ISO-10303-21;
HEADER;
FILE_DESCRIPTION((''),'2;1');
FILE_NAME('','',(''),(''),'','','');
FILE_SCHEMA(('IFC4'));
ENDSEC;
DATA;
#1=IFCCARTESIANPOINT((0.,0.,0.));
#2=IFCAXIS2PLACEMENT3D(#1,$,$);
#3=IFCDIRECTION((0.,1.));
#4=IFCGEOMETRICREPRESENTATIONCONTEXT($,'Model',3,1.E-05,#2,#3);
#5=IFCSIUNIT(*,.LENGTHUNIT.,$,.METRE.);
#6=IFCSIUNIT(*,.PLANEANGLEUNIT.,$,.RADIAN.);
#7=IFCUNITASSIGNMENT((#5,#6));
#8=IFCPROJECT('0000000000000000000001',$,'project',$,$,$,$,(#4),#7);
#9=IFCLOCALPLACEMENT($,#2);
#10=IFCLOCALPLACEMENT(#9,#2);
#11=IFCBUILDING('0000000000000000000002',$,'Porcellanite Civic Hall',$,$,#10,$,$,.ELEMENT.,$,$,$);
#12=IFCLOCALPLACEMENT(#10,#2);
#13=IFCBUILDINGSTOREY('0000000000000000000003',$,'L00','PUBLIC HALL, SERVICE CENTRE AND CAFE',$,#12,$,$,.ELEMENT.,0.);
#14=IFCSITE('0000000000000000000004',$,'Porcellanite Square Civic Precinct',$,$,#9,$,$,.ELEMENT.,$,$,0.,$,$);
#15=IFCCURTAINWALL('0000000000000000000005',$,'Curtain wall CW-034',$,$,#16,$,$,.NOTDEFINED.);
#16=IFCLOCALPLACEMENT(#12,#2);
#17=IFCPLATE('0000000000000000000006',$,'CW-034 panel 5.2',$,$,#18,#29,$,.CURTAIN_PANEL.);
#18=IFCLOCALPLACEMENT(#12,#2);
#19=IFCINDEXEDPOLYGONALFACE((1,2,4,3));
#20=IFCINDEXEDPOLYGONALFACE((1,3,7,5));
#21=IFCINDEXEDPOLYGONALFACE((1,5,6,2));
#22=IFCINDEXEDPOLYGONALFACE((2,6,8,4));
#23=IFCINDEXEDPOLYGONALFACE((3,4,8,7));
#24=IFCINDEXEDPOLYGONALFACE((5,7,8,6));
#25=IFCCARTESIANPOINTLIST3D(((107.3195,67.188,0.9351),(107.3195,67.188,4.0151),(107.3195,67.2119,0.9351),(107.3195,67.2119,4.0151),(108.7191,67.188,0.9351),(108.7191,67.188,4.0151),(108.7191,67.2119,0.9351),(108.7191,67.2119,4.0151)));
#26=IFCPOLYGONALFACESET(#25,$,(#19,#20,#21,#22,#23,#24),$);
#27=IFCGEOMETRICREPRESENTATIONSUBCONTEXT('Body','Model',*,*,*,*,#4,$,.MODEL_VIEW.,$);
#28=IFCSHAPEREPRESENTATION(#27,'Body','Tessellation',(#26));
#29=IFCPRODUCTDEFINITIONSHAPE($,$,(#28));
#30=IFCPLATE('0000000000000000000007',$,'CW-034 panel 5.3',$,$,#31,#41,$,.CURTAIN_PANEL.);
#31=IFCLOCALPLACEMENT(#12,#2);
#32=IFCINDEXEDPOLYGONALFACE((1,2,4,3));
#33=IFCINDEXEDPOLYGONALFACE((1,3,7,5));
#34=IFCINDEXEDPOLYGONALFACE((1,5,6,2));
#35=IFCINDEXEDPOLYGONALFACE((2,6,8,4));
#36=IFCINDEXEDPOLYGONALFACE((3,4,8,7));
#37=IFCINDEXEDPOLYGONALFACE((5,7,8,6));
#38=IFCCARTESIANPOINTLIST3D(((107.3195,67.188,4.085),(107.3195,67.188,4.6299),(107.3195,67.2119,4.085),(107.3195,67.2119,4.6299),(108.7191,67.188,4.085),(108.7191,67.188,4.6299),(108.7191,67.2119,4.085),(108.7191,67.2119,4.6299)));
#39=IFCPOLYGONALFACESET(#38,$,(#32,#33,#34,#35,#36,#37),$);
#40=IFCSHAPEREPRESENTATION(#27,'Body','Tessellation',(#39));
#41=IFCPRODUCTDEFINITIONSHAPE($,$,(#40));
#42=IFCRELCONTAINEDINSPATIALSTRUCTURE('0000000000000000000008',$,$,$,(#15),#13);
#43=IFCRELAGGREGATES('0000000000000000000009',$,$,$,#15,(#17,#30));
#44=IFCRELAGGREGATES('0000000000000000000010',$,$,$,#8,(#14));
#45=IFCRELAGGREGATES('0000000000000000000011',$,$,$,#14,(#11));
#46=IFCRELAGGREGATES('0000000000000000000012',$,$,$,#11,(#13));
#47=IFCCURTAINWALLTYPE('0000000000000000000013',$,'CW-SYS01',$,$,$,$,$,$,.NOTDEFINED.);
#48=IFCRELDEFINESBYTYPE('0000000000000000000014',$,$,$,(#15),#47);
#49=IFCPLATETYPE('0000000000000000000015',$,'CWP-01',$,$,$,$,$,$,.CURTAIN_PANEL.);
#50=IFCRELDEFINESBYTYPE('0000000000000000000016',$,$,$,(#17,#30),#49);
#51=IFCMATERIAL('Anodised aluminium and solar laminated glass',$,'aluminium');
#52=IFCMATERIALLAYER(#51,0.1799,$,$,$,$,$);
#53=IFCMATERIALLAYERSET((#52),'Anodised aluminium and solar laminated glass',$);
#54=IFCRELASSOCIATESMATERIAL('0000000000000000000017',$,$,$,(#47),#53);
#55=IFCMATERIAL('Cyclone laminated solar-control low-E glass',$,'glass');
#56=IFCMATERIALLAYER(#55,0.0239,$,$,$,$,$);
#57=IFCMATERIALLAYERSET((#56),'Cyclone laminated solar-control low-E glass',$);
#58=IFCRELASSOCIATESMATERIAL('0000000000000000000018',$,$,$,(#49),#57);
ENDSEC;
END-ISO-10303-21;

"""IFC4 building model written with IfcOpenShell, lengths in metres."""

from ifc_helpers import new_model, si_unit, direction, frame, origin, origin_2d, place, context, subcontext, project, spatial, rectangle, extrude, material, layer, layer_set, type_object, element, aggregate, save


model = new_model("IFC4")

# Units and contexts
model_context = context("Model", 3, precision=1e-05, world=origin(), true_north=direction((0.0, 1.0)))
body_context = subcontext(model_context, "Body", "Model", "MODEL_VIEW")
ifc_project = project(units=[si_unit("LENGTHUNIT", "METRE"), si_unit("PLANEANGLEUNIT", "RADIAN")], contexts=[model_context])

# Site, building, storey
site_placement = place(None, origin())
site = spatial("IfcSite", under=ifc_project, at=site_placement, Name="Porcellanite Square Civic Precinct", CompositionType="ELEMENT", RefElevation=0.0)
building_placement = place(site_placement, origin())
building = spatial("IfcBuilding", under=site, at=building_placement, Name="Porcellanite Civic Hall", CompositionType="ELEMENT")
storey_placement = place(building_placement, origin())
storey = spatial("IfcBuildingStorey", under=building, at=storey_placement, Name="L00", Description="PUBLIC HALL, SERVICE CENTRE AND CAFE", CompositionType="ELEMENT", Elevation=0.0)

# Curtain wall
ifc_material_1 = material(Name="Anodised aluminium and solar laminated glass", Category="aluminium")
ifc_layer_1 = layer(ifc_material_1, 0.1799)
ifc_layer_set_1 = layer_set([ifc_layer_1], Name="Anodised aluminium and solar laminated glass")
curtain_wall_type = type_object("IfcCurtainWallType", Name="CW-SYS01", PredefinedType="NOTDEFINED", material=ifc_layer_set_1)
curtain_wall_placement = place(storey_placement, origin())
curtain_wall = element("IfcCurtainWall", 1, at=curtain_wall_placement, inside=storey, type_object=curtain_wall_type, Name="Curtain wall CW-034", PredefinedType="NOTDEFINED")

# Plates
ifc_material_2 = material(Name="Cyclone laminated solar-control low-E glass", Category="glass")
ifc_layer_2 = layer(ifc_material_2, 0.0239)
ifc_layer_set_2 = layer_set([ifc_layer_2], Name="Cyclone laminated solar-control low-E glass")
plate_type = type_object("IfcPlateType", Name="CWP-01", PredefinedType="CURTAIN_PANEL", material=ifc_layer_set_2)
plate_1_placement = place(storey_placement, frame((108.0193, 67.2, 0.9351), z_axis=(0.0, 0.0, 1.0), x_axis=(1.0, 0.0, 0.0)))
plate_1 = element("IfcPlate", 2, at=plate_1_placement, type_object=plate_type, Name="CW-034 panel 5.2", PredefinedType="CURTAIN_PANEL", context=body_context, shape_type="SweptSolid", body=[
    extrude(rectangle(XDim=1.3997, YDim=0.0239, at=origin_2d()), origin(), (0.0, 0.0, 1.0), 3.0801),
])
plate_2_placement = place(storey_placement, frame((108.0193, 67.2, 4.085), z_axis=(0.0, 0.0, 1.0), x_axis=(1.0, 0.0, 0.0)))
plate_2 = element("IfcPlate", 3, at=plate_2_placement, type_object=plate_type, Name="CW-034 panel 5.3", PredefinedType="CURTAIN_PANEL", context=body_context, shape_type="SweptSolid", body=[
    extrude(rectangle(XDim=1.3997, YDim=0.0239, at=origin_2d()), origin(), (0.0, 0.0, 1.0), 0.5449),
])
aggregate(curtain_wall, [plate_1, plate_2])

save(model, "model.ifc")
